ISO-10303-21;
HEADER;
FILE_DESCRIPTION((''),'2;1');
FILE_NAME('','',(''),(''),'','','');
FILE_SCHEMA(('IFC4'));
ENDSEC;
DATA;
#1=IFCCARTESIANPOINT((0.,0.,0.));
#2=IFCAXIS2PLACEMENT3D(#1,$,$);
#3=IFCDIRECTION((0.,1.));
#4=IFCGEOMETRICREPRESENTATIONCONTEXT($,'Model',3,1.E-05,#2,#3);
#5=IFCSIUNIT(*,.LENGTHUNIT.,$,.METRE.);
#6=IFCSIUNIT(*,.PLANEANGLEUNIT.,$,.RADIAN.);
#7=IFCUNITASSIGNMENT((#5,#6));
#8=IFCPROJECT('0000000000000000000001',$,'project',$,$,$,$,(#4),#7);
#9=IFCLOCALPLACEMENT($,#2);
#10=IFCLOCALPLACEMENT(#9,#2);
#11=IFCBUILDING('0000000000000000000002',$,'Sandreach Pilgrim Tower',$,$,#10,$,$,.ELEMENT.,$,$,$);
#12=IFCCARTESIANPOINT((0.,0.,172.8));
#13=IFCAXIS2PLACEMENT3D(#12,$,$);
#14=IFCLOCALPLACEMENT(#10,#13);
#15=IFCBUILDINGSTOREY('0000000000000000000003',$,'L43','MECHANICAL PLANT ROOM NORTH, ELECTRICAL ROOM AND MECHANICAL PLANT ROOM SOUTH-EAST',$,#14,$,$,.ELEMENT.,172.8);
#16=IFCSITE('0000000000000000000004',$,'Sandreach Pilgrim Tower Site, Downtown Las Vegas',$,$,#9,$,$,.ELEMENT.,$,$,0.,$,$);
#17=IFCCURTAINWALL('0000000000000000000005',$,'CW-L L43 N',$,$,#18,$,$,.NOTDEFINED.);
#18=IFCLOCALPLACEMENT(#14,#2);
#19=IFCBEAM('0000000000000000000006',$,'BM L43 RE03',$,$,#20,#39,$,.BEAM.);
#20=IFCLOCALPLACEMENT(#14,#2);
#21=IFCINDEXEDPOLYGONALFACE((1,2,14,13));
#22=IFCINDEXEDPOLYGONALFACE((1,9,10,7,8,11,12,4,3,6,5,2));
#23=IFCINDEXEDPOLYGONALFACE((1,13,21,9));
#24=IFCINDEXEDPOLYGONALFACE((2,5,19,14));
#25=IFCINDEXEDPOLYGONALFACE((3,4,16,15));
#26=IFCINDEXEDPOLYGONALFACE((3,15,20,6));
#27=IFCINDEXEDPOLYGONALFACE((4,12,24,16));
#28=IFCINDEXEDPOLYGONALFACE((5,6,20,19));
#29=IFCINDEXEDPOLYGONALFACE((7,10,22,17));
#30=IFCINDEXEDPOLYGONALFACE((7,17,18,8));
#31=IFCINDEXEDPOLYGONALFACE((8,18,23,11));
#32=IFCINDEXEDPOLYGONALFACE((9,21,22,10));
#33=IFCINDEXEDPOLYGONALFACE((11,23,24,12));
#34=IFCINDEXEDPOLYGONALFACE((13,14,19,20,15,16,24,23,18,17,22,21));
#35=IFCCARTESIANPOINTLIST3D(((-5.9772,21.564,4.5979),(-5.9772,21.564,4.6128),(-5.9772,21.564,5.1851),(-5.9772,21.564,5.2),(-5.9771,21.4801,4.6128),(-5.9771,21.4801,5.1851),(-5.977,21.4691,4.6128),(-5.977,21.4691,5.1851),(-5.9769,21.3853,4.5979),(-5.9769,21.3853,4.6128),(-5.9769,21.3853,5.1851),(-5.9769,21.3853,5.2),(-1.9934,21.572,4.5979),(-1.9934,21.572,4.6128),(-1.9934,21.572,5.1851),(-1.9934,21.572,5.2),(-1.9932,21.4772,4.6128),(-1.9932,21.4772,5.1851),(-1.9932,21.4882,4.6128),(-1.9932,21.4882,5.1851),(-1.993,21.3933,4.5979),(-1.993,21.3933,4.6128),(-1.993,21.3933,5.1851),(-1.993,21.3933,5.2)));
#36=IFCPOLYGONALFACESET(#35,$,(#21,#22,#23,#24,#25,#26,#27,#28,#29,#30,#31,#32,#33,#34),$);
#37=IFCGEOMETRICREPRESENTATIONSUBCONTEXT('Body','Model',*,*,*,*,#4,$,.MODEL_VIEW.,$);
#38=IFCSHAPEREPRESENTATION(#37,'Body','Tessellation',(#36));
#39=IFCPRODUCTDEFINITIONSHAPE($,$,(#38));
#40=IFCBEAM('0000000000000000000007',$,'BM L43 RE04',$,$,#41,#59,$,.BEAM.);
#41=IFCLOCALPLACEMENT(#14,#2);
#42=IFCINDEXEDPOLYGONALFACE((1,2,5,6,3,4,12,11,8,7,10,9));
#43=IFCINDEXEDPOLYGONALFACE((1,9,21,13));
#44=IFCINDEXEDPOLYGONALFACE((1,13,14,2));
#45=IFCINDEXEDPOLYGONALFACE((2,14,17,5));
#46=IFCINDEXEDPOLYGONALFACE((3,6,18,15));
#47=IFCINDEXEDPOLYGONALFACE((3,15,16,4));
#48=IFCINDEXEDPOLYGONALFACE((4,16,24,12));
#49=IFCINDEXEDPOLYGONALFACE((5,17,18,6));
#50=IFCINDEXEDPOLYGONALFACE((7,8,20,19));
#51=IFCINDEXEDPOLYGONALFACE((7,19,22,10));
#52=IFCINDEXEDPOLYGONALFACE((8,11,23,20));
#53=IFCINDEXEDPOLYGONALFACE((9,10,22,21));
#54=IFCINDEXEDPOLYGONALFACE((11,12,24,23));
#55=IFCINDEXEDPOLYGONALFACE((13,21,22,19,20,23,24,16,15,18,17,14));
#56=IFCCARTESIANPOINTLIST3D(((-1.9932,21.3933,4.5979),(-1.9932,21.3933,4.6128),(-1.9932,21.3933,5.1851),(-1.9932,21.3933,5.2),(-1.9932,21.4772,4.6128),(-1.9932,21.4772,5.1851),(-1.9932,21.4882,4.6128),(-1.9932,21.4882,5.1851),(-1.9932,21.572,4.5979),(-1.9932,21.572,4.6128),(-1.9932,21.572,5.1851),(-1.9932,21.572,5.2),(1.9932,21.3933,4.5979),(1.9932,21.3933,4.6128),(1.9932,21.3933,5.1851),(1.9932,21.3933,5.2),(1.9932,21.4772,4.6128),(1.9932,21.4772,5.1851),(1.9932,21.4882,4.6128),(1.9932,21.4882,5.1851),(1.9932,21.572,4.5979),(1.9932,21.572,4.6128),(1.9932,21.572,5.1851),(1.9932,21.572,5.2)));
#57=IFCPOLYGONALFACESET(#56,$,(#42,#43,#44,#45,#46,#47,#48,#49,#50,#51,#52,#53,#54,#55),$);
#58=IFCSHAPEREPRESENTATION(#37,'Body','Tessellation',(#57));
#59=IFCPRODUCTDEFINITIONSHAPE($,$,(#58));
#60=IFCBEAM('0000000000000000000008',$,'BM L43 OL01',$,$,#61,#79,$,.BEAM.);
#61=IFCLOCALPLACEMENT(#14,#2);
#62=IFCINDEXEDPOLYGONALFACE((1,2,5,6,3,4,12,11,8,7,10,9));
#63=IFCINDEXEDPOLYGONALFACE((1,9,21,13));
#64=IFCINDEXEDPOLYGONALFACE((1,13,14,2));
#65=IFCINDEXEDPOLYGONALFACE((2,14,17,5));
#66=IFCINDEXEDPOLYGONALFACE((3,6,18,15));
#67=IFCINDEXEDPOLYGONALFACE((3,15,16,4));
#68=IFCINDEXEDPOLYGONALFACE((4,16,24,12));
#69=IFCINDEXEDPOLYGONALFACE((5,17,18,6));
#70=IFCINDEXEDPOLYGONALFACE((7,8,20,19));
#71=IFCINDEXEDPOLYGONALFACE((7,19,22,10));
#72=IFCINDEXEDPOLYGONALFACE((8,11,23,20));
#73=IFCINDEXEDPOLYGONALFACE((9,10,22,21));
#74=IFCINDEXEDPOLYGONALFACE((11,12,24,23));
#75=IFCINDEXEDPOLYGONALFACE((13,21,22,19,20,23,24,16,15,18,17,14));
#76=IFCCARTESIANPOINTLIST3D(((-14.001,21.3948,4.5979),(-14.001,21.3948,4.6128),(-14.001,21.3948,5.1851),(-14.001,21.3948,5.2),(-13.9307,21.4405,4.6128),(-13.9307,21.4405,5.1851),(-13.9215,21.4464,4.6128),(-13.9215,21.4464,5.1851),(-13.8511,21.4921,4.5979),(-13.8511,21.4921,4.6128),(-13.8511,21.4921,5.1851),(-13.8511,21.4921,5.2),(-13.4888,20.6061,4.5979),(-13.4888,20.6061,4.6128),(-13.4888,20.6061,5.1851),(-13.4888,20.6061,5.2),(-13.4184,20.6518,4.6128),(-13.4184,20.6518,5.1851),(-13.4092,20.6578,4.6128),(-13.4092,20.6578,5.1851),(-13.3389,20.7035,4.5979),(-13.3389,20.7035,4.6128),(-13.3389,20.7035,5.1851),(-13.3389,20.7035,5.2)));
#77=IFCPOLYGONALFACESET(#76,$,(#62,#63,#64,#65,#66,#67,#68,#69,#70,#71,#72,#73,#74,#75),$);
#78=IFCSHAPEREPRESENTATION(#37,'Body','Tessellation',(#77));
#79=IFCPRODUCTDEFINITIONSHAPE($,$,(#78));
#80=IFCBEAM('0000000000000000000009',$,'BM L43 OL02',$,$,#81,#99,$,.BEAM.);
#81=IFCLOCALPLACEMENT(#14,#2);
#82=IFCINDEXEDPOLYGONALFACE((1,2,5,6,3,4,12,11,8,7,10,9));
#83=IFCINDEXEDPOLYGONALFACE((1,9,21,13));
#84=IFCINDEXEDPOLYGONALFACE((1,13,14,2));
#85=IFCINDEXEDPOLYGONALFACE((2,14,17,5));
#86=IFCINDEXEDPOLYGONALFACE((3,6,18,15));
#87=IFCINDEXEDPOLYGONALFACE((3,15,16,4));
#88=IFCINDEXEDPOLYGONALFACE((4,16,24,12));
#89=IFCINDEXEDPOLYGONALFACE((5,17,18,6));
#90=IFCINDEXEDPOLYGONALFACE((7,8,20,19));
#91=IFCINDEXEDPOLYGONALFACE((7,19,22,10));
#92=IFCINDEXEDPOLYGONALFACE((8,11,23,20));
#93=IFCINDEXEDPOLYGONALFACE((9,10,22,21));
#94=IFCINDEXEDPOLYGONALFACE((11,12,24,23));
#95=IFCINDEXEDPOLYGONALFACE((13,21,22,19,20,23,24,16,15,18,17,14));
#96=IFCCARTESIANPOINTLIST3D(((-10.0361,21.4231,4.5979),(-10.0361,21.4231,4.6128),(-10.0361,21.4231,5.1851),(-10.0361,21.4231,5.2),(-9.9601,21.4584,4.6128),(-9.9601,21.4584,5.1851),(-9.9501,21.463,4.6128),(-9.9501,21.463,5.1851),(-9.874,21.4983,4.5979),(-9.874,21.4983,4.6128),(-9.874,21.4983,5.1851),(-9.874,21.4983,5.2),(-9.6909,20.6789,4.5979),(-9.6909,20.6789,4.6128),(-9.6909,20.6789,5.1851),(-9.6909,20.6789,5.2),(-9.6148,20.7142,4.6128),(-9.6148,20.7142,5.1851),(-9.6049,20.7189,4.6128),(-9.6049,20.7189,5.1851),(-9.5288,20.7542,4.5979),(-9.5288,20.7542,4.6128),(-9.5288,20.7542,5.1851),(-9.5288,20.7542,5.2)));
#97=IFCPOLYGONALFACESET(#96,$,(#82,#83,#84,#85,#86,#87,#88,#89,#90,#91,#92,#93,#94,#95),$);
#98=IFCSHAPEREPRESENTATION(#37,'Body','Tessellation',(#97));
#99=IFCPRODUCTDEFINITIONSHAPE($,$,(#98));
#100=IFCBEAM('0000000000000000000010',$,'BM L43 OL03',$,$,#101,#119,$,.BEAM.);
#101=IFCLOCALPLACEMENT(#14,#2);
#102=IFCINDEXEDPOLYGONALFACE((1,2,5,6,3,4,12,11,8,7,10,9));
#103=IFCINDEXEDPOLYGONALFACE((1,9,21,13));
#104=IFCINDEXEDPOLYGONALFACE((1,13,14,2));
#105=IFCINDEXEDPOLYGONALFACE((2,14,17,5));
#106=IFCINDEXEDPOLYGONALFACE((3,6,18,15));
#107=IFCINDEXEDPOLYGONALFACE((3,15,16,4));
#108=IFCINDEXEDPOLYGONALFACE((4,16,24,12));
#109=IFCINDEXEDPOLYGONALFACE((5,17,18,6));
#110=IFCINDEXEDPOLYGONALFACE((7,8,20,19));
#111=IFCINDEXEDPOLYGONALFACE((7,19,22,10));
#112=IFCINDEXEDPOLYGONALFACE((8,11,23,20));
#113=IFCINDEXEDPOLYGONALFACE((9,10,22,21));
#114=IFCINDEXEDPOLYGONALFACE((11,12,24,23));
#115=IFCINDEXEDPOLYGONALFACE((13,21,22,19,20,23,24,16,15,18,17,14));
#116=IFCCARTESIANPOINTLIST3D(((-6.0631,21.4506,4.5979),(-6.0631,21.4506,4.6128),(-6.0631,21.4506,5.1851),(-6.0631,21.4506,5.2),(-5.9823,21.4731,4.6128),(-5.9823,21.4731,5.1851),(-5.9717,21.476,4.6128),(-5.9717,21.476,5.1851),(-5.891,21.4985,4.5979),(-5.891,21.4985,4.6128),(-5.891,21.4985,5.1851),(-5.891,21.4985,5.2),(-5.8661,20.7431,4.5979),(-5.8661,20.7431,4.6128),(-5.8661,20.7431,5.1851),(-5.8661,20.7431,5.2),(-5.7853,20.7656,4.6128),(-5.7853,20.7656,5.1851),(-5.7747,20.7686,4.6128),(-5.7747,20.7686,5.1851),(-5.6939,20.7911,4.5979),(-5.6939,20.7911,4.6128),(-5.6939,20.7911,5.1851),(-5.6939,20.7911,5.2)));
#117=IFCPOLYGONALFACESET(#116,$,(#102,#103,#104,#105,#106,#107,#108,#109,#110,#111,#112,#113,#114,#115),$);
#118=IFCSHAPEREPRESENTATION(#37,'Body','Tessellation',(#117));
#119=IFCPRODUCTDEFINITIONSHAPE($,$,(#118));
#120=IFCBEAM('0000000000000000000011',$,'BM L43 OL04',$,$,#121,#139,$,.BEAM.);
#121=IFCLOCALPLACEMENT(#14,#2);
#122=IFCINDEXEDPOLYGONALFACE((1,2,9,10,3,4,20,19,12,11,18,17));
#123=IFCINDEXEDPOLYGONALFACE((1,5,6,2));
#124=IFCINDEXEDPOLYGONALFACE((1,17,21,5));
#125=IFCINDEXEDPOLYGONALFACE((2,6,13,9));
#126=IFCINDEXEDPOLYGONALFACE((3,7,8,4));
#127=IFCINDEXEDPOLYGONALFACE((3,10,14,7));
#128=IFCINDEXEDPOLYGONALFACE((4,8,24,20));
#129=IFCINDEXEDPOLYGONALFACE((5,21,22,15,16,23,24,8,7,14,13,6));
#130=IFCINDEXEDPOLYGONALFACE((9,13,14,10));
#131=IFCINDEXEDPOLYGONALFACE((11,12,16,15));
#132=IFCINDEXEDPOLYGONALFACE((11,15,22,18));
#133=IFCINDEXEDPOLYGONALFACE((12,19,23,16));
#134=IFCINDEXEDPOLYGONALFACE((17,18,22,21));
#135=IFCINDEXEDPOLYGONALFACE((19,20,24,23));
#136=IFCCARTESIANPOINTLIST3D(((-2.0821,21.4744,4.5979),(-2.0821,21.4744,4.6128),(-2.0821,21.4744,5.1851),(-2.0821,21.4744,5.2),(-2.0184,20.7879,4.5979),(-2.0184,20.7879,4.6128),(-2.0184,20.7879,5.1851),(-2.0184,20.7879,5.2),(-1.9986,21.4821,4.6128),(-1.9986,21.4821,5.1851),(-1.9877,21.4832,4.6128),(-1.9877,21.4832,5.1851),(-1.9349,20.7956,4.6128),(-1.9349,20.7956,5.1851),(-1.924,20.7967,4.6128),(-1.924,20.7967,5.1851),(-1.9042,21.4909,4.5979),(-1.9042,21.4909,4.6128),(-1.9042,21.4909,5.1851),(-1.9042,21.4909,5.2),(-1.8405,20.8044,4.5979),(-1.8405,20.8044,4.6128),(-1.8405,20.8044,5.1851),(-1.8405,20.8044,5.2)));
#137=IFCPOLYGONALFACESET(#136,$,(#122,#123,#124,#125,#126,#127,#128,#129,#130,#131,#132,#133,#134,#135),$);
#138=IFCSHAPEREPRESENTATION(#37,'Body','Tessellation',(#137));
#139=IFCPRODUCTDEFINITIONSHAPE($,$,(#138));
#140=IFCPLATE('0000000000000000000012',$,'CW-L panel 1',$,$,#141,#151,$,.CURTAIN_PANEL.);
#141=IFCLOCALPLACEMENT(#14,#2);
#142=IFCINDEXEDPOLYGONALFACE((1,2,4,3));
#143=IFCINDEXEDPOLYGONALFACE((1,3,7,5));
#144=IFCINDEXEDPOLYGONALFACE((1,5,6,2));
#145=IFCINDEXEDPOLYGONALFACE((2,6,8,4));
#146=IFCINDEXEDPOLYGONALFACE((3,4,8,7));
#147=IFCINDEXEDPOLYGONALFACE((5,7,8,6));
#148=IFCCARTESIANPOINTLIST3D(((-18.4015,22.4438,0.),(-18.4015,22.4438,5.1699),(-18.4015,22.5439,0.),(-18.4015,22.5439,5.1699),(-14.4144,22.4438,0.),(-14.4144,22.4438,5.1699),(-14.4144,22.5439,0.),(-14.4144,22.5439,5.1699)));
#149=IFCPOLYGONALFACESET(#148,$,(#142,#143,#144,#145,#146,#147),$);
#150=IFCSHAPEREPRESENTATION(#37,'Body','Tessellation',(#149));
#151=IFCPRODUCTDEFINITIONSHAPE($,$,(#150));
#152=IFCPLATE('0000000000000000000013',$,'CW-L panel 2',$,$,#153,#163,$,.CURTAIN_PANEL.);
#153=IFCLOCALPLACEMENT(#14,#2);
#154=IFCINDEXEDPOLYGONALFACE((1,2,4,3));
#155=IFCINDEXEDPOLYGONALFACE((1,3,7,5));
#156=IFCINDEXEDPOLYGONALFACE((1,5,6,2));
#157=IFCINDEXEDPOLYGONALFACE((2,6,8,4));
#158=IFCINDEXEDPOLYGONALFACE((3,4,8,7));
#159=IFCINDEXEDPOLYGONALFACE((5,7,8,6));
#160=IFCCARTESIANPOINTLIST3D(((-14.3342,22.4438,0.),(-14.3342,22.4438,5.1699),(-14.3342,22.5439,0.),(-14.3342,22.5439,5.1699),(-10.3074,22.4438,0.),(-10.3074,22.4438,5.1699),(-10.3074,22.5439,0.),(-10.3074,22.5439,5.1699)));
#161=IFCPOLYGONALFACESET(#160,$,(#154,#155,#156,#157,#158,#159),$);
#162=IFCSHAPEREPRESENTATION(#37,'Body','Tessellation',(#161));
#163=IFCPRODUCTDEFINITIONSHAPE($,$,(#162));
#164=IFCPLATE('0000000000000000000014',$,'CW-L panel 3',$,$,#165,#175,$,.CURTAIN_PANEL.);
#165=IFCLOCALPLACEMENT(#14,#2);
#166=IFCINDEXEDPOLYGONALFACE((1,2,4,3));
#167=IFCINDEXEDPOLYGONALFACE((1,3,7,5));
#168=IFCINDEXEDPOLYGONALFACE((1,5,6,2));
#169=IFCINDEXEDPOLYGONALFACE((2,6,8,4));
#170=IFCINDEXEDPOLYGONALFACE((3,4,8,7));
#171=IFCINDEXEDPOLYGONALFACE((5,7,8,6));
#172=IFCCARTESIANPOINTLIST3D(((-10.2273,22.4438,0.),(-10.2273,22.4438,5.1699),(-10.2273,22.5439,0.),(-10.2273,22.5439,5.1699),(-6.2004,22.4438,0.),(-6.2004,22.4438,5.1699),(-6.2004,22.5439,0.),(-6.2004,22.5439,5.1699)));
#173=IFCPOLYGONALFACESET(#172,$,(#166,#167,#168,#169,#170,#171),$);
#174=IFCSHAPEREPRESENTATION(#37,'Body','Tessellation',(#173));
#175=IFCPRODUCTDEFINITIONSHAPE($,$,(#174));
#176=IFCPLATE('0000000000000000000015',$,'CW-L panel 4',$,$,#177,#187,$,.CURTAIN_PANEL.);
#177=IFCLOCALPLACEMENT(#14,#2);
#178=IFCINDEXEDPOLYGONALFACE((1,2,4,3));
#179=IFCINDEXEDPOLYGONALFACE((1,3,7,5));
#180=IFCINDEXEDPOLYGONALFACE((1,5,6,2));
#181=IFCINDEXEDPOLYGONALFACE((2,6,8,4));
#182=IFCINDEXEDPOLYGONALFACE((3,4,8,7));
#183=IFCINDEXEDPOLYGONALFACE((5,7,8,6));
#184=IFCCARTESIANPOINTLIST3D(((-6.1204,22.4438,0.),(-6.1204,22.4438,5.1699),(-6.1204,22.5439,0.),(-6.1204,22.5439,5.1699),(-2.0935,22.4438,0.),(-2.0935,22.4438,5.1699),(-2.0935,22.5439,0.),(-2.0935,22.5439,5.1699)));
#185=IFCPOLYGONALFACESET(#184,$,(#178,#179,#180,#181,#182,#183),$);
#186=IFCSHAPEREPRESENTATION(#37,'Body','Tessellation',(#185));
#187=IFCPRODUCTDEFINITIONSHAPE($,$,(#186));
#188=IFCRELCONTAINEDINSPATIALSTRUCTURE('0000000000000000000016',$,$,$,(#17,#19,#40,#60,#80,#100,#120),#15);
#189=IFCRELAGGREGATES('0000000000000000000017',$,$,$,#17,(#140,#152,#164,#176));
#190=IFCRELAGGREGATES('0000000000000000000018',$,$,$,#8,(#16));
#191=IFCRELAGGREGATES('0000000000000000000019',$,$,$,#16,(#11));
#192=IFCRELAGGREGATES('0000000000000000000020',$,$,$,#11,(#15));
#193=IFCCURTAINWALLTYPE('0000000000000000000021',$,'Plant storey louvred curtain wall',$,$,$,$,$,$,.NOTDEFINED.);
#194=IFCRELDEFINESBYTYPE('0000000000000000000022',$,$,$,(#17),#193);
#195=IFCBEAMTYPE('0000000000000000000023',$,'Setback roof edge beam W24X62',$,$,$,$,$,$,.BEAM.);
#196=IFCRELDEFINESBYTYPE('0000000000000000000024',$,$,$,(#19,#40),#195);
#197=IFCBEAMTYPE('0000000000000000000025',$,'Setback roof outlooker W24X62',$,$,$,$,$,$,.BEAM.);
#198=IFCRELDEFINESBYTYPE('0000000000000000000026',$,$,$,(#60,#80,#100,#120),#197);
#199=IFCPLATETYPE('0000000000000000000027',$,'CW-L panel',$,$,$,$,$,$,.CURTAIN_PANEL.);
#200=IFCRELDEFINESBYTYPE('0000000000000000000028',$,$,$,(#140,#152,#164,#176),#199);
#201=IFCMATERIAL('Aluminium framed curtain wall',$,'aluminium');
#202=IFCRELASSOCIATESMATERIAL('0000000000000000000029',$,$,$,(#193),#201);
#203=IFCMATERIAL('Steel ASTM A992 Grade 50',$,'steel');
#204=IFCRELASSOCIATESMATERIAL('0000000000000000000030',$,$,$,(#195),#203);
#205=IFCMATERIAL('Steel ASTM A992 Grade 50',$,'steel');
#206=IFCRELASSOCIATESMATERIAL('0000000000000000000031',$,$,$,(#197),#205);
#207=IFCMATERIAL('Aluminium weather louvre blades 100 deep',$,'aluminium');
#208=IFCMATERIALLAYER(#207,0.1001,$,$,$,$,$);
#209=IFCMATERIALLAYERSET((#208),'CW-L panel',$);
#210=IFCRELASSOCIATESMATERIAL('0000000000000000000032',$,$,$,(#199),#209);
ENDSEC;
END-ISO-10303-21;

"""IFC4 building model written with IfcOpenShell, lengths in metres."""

from ifc_helpers import new_model, si_unit, direction, frame, origin, origin_2d, place, context, subcontext, project, spatial, rectangle, i_section, extrude, material, layer, layer_set, material_profile, profile_set, type_object, element, aggregate, save


model = new_model("IFC4")

# Units and contexts
model_context = context("Model", 3, precision=1e-05, world=origin(), true_north=direction((0.0, 1.0)))
body_context = subcontext(model_context, "Body", "Model", "MODEL_VIEW")
ifc_project = project(units=[si_unit("LENGTHUNIT", "METRE"), si_unit("PLANEANGLEUNIT", "RADIAN")], contexts=[model_context])

# Site, building, storey
site_placement = place(None, origin())
site = spatial("IfcSite", under=ifc_project, at=site_placement, Name="Sandreach Pilgrim Tower Site, Downtown Las Vegas", CompositionType="ELEMENT", RefElevation=0.0)
building_placement = place(site_placement, origin())
building = spatial("IfcBuilding", under=site, at=building_placement, Name="Sandreach Pilgrim Tower", CompositionType="ELEMENT")
storey_placement = place(building_placement, frame((0.0, 0.0, 172.8)))
storey = spatial("IfcBuildingStorey", under=building, at=storey_placement, Name="L43", Description="MECHANICAL PLANT ROOM NORTH, ELECTRICAL ROOM AND MECHANICAL PLANT ROOM SOUTH-EAST", CompositionType="ELEMENT", Elevation=172.8)

# Curtain wall
ifc_material_1 = material(Name="Aluminium framed curtain wall", Category="aluminium")
curtain_wall_type = type_object("IfcCurtainWallType", Name="Plant storey louvred curtain wall", PredefinedType="NOTDEFINED", material=ifc_material_1)
curtain_wall_placement = place(storey_placement, origin())
curtain_wall = element("IfcCurtainWall", 1, at=curtain_wall_placement, inside=storey, type_object=curtain_wall_type, Name="CW-L L43 N", PredefinedType="NOTDEFINED")

# Beams
ifc_material_2 = material(Name="Steel ASTM A992 Grade 50", Category="steel")
ifc_material_profile_1 = material_profile(ifc_material_2, i_section(OverallWidth=0.1787, OverallDepth=0.6021, WebThickness=0.011, FlangeThickness=0.0149, at=origin_2d()), Name="W24X62")
ifc_profile_set_1 = profile_set([ifc_material_profile_1], Name="Steel ASTM A992 Grade 50")
beam_type_1 = type_object("IfcBeamType", Name="Setback roof edge beam W24X62", PredefinedType="BEAM", material=ifc_profile_set_1)
beam_1_placement = place(storey_placement, frame((-5.9771, 21.4746, 4.8989), z_axis=(0.999998, 0.002022, 0.0), x_axis=(-0.002022, 0.999998, 0.0)))
element("IfcBeam", 2, at=beam_1_placement, inside=storey, type_object=beam_type_1, Name="BM L43 RE03", PredefinedType="BEAM", context=body_context, shape_type="SweptSolid", body=[
    extrude(i_section(OverallWidth=0.1787, OverallDepth=0.6021, WebThickness=0.011, FlangeThickness=0.0149, at=origin_2d()), origin(), (0.0, 0.0, 1.0), 3.9839),
])
beam_2_placement = place(storey_placement, frame((-1.9932, 21.4827, 4.8989), z_axis=(1.0, 0.0, 0.0), x_axis=(0.0, 1.0, 0.0)))
element("IfcBeam", 3, at=beam_2_placement, inside=storey, type_object=beam_type_1, Name="BM L43 RE04", PredefinedType="BEAM", context=body_context, shape_type="SweptSolid", body=[
    extrude(i_section(OverallWidth=0.1787, OverallDepth=0.6021, WebThickness=0.011, FlangeThickness=0.0149, at=origin_2d()), origin(), (0.0, 0.0, 1.0), 3.9863),
])
ifc_material_3 = material(Name="Steel ASTM A992 Grade 50", Category="steel")
ifc_material_profile_2 = material_profile(ifc_material_3, i_section(OverallWidth=0.1787, OverallDepth=0.6021, WebThickness=0.011, FlangeThickness=0.0149, at=origin_2d()), Name="W24X62")
ifc_profile_set_2 = profile_set([ifc_material_profile_2], Name="Steel ASTM A992 Grade 50")
beam_type_2 = type_object("IfcBeamType", Name="Setback roof outlooker W24X62", PredefinedType="BEAM", material=ifc_profile_set_2)
beam_3_placement = place(storey_placement, frame((-13.4138, 20.6548, 4.8989), z_axis=(-0.544715, 0.838622, 0.0), x_axis=(-0.838622, -0.544715, 0.0)))
element("IfcBeam", 4, at=beam_3_placement, inside=storey, type_object=beam_type_2, Name="BM L43 OL01", PredefinedType="BEAM", context=body_context, shape_type="SweptSolid", body=[
    extrude(i_section(OverallWidth=0.1787, OverallDepth=0.6021, WebThickness=0.011, FlangeThickness=0.0149, at=origin_2d()), origin(), (0.0, 0.0, 1.0), 0.9404),
])
beam_4_placement = place(storey_placement, frame((-9.6099, 20.7166, 4.8989), z_axis=(-0.420831, 0.907139, 0.0), x_axis=(-0.907139, -0.420831, 0.0)))
element("IfcBeam", 5, at=beam_4_placement, inside=storey, type_object=beam_type_2, Name="BM L43 OL02", PredefinedType="BEAM", context=body_context, shape_type="SweptSolid", body=[
    extrude(i_section(OverallWidth=0.1787, OverallDepth=0.6021, WebThickness=0.011, FlangeThickness=0.0149, at=origin_2d()), origin(), (0.0, 0.0, 1.0), 0.8203),
])
beam_5_placement = place(storey_placement, frame((-5.78, 20.7671, 4.8989), z_axis=(-0.268261, 0.963346, 0.0), x_axis=(-0.963346, -0.268261, 0.0)))
element("IfcBeam", 6, at=beam_5_placement, inside=storey, type_object=beam_type_2, Name="BM L43 OL03", PredefinedType="BEAM", context=body_context, shape_type="SweptSolid", body=[
    extrude(i_section(OverallWidth=0.1787, OverallDepth=0.6021, WebThickness=0.011, FlangeThickness=0.0149, at=origin_2d()), origin(), (0.0, 0.0, 1.0), 0.7344),
])
beam_6_placement = place(storey_placement, frame((-1.9294, 20.7961, 4.8989), z_axis=(-0.092419, 0.99572, 0.0), x_axis=(-0.99572, -0.092419, 0.0)))
element("IfcBeam", 7, at=beam_6_placement, inside=storey, type_object=beam_type_2, Name="BM L43 OL04", PredefinedType="BEAM", context=body_context, shape_type="SweptSolid", body=[
    extrude(i_section(OverallWidth=0.1787, OverallDepth=0.6021, WebThickness=0.011, FlangeThickness=0.0149, at=origin_2d()), origin(), (0.0, 0.0, 1.0), 0.6895),
])

# Plates
ifc_material_4 = material(Name="Aluminium weather louvre blades 100 deep", Category="aluminium")
ifc_layer = layer(ifc_material_4, 0.1001)
ifc_layer_set = layer_set([ifc_layer], Name="CW-L panel")
plate_type = type_object("IfcPlateType", Name="CW-L panel", PredefinedType="CURTAIN_PANEL", material=ifc_layer_set)
plate_1_placement = place(storey_placement, frame((-16.408, 22.4939, 0.0), z_axis=(0.0, 0.0, 1.0), x_axis=(1.0, 0.0, 0.0)))
plate_1 = element("IfcPlate", 8, at=plate_1_placement, type_object=plate_type, Name="CW-L panel 1", PredefinedType="CURTAIN_PANEL", context=body_context, shape_type="SweptSolid", body=[
    extrude(rectangle(XDim=3.9871, YDim=0.1001, at=origin_2d()), origin(), (0.0, 0.0, 1.0), 5.1699),
])
plate_2_placement = place(storey_placement, frame((-12.3208, 22.4939, 0.0), z_axis=(0.0, 0.0, 1.0), x_axis=(1.0, 0.0, 0.0)))
plate_2 = element("IfcPlate", 9, at=plate_2_placement, type_object=plate_type, Name="CW-L panel 2", PredefinedType="CURTAIN_PANEL", context=body_context, shape_type="SweptSolid", body=[
    extrude(rectangle(XDim=4.0269, YDim=0.1001, at=origin_2d()), origin(), (0.0, 0.0, 1.0), 5.1699),
])
plate_3_placement = place(storey_placement, frame((-8.2139, 22.4939, 0.0), z_axis=(0.0, 0.0, 1.0), x_axis=(1.0, 0.0, 0.0)))
plate_3 = element("IfcPlate", 10, at=plate_3_placement, type_object=plate_type, Name="CW-L panel 3", PredefinedType="CURTAIN_PANEL", context=body_context, shape_type="SweptSolid", body=[
    extrude(rectangle(XDim=4.0269, YDim=0.1001, at=origin_2d()), origin(), (0.0, 0.0, 1.0), 5.1699),
])
plate_4_placement = place(storey_placement, frame((-4.1069, 22.4939, 0.0), z_axis=(0.0, 0.0, 1.0), x_axis=(1.0, 0.0, 0.0)))
plate_4 = element("IfcPlate", 11, at=plate_4_placement, type_object=plate_type, Name="CW-L panel 4", PredefinedType="CURTAIN_PANEL", context=body_context, shape_type="SweptSolid", body=[
    extrude(rectangle(XDim=4.0269, YDim=0.1001, at=origin_2d()), origin(), (0.0, 0.0, 1.0), 5.1699),
])
aggregate(curtain_wall, [plate_1, plate_2, plate_3, plate_4])

save(model, "model.ifc")
